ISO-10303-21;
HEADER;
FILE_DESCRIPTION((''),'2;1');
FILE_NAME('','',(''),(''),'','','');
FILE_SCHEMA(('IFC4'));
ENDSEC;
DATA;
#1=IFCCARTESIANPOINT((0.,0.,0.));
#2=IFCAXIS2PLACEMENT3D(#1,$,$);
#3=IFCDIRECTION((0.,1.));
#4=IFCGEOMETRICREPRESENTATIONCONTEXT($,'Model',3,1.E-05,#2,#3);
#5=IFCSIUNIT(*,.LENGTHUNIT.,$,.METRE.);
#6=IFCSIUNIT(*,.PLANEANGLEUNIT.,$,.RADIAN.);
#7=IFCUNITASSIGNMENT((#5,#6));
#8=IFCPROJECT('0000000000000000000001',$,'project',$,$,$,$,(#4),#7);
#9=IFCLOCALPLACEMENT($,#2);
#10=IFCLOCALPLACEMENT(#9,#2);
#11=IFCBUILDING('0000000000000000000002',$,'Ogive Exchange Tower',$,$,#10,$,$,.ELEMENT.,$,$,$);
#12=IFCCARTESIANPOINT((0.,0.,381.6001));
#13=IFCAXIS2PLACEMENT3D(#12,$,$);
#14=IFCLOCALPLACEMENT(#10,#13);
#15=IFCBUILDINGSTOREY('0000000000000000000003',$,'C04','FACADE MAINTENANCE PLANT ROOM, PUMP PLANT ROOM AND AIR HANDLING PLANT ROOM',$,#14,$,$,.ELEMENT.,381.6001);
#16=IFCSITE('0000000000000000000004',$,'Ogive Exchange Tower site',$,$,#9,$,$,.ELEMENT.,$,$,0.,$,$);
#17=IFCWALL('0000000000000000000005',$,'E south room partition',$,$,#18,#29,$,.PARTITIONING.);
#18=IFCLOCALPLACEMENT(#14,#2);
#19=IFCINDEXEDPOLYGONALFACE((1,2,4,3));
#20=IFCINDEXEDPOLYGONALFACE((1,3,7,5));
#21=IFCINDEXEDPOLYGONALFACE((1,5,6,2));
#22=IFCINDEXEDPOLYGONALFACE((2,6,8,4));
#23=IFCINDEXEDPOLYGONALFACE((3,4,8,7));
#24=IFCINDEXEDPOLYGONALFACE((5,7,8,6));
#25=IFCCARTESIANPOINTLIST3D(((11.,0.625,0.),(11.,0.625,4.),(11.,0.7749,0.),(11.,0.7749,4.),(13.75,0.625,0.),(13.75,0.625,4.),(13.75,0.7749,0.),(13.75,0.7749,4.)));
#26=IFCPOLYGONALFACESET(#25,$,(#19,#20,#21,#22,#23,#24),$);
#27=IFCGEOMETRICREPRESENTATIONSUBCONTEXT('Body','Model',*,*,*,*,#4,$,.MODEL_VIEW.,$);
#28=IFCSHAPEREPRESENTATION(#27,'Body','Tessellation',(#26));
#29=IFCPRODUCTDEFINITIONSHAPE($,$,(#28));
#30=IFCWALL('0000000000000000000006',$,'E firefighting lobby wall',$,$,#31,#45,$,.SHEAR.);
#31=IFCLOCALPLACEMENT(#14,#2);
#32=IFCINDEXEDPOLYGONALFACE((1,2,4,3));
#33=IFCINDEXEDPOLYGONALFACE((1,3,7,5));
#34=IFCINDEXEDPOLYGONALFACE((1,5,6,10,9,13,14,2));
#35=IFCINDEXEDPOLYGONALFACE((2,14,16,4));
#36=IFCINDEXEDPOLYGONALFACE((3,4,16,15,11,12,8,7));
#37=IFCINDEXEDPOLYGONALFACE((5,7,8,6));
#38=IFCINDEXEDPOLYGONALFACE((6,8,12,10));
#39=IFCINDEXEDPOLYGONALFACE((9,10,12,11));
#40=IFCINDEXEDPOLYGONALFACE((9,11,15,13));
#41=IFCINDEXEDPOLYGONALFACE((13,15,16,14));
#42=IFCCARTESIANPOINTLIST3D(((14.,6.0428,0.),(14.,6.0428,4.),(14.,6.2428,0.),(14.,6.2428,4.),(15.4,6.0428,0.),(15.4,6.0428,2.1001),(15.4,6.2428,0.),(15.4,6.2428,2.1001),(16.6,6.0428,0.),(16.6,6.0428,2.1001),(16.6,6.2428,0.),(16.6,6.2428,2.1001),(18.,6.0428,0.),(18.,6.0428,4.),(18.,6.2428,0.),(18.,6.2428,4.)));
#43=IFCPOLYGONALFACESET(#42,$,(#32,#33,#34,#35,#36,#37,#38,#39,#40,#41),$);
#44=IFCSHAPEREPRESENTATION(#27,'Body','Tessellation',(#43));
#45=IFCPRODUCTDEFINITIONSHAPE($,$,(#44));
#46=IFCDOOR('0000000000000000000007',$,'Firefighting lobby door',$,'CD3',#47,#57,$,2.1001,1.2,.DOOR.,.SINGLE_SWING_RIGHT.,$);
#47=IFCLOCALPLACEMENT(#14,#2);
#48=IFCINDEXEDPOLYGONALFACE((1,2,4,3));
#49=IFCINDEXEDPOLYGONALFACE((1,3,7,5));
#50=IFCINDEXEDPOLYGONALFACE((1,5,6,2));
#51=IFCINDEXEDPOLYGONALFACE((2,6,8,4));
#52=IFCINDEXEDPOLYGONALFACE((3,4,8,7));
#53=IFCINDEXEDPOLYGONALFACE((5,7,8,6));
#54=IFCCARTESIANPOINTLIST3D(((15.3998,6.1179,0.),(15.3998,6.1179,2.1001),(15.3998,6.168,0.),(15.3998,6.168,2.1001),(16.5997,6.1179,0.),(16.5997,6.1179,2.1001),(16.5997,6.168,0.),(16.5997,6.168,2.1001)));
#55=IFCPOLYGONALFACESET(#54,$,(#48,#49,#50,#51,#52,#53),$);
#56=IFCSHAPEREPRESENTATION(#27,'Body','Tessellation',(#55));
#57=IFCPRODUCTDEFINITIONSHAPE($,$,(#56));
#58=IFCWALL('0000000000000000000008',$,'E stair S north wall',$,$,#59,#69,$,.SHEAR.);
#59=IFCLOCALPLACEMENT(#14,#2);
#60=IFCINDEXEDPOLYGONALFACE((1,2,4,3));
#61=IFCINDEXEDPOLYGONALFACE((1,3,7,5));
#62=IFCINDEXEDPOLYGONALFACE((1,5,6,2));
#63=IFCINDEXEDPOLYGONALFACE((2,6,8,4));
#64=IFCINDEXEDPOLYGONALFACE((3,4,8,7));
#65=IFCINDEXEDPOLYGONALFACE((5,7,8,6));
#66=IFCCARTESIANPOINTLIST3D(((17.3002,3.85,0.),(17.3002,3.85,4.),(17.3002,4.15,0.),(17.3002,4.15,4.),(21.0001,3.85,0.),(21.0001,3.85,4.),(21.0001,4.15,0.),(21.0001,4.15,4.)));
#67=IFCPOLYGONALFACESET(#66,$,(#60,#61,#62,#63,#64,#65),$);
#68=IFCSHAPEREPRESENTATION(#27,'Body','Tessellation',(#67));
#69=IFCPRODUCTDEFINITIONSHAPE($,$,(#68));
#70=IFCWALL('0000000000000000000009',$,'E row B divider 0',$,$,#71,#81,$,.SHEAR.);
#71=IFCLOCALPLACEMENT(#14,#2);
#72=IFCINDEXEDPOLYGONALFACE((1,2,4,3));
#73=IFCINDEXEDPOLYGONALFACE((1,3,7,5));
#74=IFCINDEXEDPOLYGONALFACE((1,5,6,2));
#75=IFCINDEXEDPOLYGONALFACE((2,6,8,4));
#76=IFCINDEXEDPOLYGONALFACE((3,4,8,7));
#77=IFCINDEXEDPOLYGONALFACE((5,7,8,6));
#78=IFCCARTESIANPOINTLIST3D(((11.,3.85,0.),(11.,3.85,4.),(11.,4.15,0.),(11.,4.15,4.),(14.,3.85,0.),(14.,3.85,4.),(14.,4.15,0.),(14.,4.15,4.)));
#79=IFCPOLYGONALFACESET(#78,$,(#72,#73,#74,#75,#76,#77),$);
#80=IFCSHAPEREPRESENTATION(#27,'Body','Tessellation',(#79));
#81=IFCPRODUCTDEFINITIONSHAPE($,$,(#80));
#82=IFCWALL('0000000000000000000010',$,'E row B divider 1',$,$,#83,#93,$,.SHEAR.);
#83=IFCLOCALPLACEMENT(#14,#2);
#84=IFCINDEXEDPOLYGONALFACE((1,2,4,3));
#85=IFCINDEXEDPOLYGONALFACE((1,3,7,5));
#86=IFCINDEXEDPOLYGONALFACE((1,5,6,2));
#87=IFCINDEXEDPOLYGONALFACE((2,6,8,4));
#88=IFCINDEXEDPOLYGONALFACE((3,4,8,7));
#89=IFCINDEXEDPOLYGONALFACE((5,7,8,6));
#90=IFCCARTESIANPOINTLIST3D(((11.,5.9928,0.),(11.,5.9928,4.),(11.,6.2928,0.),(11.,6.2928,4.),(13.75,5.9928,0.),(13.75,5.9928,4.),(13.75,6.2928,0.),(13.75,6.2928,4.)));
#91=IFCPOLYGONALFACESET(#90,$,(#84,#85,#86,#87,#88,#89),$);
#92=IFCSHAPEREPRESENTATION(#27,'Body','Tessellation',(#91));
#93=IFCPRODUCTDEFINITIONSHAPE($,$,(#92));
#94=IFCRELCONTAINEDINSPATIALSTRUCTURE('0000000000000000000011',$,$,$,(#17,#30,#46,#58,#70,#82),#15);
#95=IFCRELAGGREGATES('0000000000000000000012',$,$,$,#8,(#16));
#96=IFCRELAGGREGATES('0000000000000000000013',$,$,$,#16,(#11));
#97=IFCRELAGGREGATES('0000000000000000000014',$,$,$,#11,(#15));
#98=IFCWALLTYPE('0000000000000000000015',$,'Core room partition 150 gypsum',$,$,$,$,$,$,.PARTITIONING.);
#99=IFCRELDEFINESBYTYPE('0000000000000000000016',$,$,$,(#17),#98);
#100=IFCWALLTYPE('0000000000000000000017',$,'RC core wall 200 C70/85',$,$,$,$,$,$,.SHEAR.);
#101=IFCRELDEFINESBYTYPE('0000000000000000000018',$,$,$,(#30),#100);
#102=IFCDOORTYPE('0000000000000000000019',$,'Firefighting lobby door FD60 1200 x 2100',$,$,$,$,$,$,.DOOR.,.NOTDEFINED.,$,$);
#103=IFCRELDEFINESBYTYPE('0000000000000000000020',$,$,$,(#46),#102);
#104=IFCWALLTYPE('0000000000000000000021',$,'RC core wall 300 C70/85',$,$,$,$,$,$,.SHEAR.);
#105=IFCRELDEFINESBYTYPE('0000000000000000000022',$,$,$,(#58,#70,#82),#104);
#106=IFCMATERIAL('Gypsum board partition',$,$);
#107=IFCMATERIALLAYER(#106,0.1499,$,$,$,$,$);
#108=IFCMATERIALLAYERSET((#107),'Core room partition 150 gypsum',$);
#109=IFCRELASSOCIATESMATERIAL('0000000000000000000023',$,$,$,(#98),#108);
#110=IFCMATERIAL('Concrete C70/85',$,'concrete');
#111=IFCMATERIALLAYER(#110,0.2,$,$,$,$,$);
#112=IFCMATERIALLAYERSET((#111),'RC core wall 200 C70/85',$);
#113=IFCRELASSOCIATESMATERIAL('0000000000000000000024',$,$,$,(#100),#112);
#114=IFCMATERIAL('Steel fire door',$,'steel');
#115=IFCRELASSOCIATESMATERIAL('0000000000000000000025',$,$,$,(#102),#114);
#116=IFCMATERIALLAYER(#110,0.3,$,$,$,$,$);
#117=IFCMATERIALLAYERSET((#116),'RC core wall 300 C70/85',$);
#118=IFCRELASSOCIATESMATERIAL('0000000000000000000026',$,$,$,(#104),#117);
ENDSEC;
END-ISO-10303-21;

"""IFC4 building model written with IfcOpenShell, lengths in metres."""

from ifc_helpers import new_model, si_unit, direction, frame, frame_2d, origin, place, context, subcontext, project, spatial, rectangle, extrude, material, layer, layer_set, type_object, element, fill, save


model = new_model("IFC4")

# Units and contexts
model_context = context("Model", 3, precision=1e-05, world=origin(), true_north=direction((0.0, 1.0)))
body_context = subcontext(model_context, "Body", "Model", "MODEL_VIEW")
ifc_project = project(units=[si_unit("LENGTHUNIT", "METRE"), si_unit("PLANEANGLEUNIT", "RADIAN")], contexts=[model_context])

# Site, building, storey
site_placement = place(None, origin())
site = spatial("IfcSite", under=ifc_project, at=site_placement, Name="Ogive Exchange Tower site", CompositionType="ELEMENT", RefElevation=0.0)
building_placement = place(site_placement, origin())
building = spatial("IfcBuilding", under=site, at=building_placement, Name="Ogive Exchange Tower", CompositionType="ELEMENT")
storey_placement = place(building_placement, frame((0.0, 0.0, 381.6001)))
storey = spatial("IfcBuildingStorey", under=building, at=storey_placement, Name="C04", Description="FACADE MAINTENANCE PLANT ROOM, PUMP PLANT ROOM AND AIR HANDLING PLANT ROOM", CompositionType="ELEMENT", Elevation=381.6001)

# Shared definitions
ifc_material_1 = material(Name="Concrete C70/85", Category="concrete")

# Wall
ifc_material_2 = material(Name="Gypsum board partition")
ifc_layer_1 = layer(ifc_material_2, 0.1499)
ifc_layer_set_1 = layer_set([ifc_layer_1], Name="Core room partition 150 gypsum")
wall_type_1 = type_object("IfcWallType", Name="Core room partition 150 gypsum", PredefinedType="PARTITIONING", material=ifc_layer_set_1)
for number, where, z_axis, x_axis, name in (
    (1, (11.0, 0.7, 0.0), (0.0, 0.0, 1.0), (1.0, 0.0, 0.0), "E south room partition"),
):
    element("IfcWall", number, at=place(storey_placement, frame(where, z_axis=z_axis, x_axis=x_axis)), inside=storey, type_object=wall_type_1, Name=name, PredefinedType="PARTITIONING", context=body_context, shape_type="SweptSolid", body=[
        extrude(rectangle(XDim=2.75, YDim=0.1499, at=frame_2d((1.375, 0.0))), origin(), (0.0, 0.0, 1.0), 4.0),
    ])

# Wall, opening, door
ifc_layer_2 = layer(ifc_material_1, 0.2)
ifc_layer_set_2 = layer_set([ifc_layer_2], Name="RC core wall 200 C70/85")
wall_type_2 = type_object("IfcWallType", Name="RC core wall 200 C70/85", PredefinedType="SHEAR", material=ifc_layer_set_2)
wall_1_placement = place(storey_placement, frame((14.0, 6.1428, 0.0), z_axis=(0.0, 0.0, 1.0), x_axis=(1.0, 0.0, 0.0)))
wall_1 = element("IfcWall", 2, at=wall_1_placement, inside=storey, type_object=wall_type_2, Name="E firefighting lobby wall", PredefinedType="SHEAR", context=body_context, shape_type="SweptSolid", body=[
    extrude(rectangle(XDim=4.0, YDim=0.2, at=frame_2d((2.0, 0.0))), origin(), (0.0, 0.0, 1.0), 4.0),
])
opening_placement = place(wall_1_placement, frame((1.3999, 0.0, 0.0)))
opening = element("IfcOpeningElement", 3, at=opening_placement, cuts=wall_1, PredefinedType="OPENING", context=body_context, shape_type="SweptSolid", body=[
    extrude(rectangle(XDim=1.2, YDim=2.1001, at=frame_2d((0.6001, 1.05))), frame((0.0, 0.1099, 0.0), z_axis=(0.0, -1.0, 0.0), x_axis=(1.0, 0.0, 0.0)), (0.0, 0.0, 1.0), 0.22),
])
ifc_material_3 = material(Name="Steel fire door", Category="steel")
door_type = type_object("IfcDoorType", Name="Firefighting lobby door FD60 1200 x 2100", OperationType="NOTDEFINED", PredefinedType="DOOR", material=ifc_material_3)
door_placement = place(opening_placement, frame((1.2, 0.0, 0.0), z_axis=(0.0, 0.0, 1.0), x_axis=(-1.0, 0.0, 0.0)))
door = element("IfcDoor", 4, at=door_placement, inside=storey, type_object=door_type, Name="Firefighting lobby door", ObjectType="CD3", OperationType="SINGLE_SWING_RIGHT", OverallHeight=2.1001, OverallWidth=1.2, PredefinedType="DOOR", context=body_context, shape_type="SweptSolid", body=[
    extrude(rectangle(XDim=1.2, YDim=2.1001, at=frame_2d((0.6001, 1.05))), frame((0.0, 0.0249, 0.0), z_axis=(0.0, -1.0, 0.0), x_axis=(1.0, 0.0, 0.0)), (0.0, 0.0, 1.0), 0.05),
])
fill(opening, door)

# Walls
ifc_layer_3 = layer(ifc_material_1, 0.3)
ifc_layer_set_3 = layer_set([ifc_layer_3], Name="RC core wall 300 C70/85")
wall_type_3 = type_object("IfcWallType", Name="RC core wall 300 C70/85", PredefinedType="SHEAR", material=ifc_layer_set_3)
wall_2_placement = place(storey_placement, frame((17.3, 4.0, 0.0), z_axis=(0.0, 0.0, 1.0), x_axis=(1.0, 0.0, 0.0)))
element("IfcWall", 5, at=wall_2_placement, inside=storey, type_object=wall_type_3, Name="E stair S north wall", PredefinedType="SHEAR", context=body_context, shape_type="SweptSolid", body=[
    extrude(rectangle(XDim=3.7, YDim=0.3, at=frame_2d((1.8501, 0.0))), origin(), (0.0, 0.0, 1.0), 4.0),
])
wall_3_placement = place(storey_placement, frame((11.0, 4.0, 0.0), z_axis=(0.0, 0.0, 1.0), x_axis=(1.0, 0.0, 0.0)))
element("IfcWall", 6, at=wall_3_placement, inside=storey, type_object=wall_type_3, Name="E row B divider 0", PredefinedType="SHEAR", context=body_context, shape_type="SweptSolid", body=[
    extrude(rectangle(XDim=3.0, YDim=0.3, at=frame_2d((1.5, 0.0))), origin(), (0.0, 0.0, 1.0), 4.0),
])
wall_4_placement = place(storey_placement, frame((11.0, 6.1428, 0.0), z_axis=(0.0, 0.0, 1.0), x_axis=(1.0, 0.0, 0.0)))
element("IfcWall", 7, at=wall_4_placement, inside=storey, type_object=wall_type_3, Name="E row B divider 1", PredefinedType="SHEAR", context=body_context, shape_type="SweptSolid", body=[
    extrude(rectangle(XDim=2.75, YDim=0.3, at=frame_2d((1.375, 0.0))), origin(), (0.0, 0.0, 1.0), 4.0),
])

save(model, "model.ifc")
